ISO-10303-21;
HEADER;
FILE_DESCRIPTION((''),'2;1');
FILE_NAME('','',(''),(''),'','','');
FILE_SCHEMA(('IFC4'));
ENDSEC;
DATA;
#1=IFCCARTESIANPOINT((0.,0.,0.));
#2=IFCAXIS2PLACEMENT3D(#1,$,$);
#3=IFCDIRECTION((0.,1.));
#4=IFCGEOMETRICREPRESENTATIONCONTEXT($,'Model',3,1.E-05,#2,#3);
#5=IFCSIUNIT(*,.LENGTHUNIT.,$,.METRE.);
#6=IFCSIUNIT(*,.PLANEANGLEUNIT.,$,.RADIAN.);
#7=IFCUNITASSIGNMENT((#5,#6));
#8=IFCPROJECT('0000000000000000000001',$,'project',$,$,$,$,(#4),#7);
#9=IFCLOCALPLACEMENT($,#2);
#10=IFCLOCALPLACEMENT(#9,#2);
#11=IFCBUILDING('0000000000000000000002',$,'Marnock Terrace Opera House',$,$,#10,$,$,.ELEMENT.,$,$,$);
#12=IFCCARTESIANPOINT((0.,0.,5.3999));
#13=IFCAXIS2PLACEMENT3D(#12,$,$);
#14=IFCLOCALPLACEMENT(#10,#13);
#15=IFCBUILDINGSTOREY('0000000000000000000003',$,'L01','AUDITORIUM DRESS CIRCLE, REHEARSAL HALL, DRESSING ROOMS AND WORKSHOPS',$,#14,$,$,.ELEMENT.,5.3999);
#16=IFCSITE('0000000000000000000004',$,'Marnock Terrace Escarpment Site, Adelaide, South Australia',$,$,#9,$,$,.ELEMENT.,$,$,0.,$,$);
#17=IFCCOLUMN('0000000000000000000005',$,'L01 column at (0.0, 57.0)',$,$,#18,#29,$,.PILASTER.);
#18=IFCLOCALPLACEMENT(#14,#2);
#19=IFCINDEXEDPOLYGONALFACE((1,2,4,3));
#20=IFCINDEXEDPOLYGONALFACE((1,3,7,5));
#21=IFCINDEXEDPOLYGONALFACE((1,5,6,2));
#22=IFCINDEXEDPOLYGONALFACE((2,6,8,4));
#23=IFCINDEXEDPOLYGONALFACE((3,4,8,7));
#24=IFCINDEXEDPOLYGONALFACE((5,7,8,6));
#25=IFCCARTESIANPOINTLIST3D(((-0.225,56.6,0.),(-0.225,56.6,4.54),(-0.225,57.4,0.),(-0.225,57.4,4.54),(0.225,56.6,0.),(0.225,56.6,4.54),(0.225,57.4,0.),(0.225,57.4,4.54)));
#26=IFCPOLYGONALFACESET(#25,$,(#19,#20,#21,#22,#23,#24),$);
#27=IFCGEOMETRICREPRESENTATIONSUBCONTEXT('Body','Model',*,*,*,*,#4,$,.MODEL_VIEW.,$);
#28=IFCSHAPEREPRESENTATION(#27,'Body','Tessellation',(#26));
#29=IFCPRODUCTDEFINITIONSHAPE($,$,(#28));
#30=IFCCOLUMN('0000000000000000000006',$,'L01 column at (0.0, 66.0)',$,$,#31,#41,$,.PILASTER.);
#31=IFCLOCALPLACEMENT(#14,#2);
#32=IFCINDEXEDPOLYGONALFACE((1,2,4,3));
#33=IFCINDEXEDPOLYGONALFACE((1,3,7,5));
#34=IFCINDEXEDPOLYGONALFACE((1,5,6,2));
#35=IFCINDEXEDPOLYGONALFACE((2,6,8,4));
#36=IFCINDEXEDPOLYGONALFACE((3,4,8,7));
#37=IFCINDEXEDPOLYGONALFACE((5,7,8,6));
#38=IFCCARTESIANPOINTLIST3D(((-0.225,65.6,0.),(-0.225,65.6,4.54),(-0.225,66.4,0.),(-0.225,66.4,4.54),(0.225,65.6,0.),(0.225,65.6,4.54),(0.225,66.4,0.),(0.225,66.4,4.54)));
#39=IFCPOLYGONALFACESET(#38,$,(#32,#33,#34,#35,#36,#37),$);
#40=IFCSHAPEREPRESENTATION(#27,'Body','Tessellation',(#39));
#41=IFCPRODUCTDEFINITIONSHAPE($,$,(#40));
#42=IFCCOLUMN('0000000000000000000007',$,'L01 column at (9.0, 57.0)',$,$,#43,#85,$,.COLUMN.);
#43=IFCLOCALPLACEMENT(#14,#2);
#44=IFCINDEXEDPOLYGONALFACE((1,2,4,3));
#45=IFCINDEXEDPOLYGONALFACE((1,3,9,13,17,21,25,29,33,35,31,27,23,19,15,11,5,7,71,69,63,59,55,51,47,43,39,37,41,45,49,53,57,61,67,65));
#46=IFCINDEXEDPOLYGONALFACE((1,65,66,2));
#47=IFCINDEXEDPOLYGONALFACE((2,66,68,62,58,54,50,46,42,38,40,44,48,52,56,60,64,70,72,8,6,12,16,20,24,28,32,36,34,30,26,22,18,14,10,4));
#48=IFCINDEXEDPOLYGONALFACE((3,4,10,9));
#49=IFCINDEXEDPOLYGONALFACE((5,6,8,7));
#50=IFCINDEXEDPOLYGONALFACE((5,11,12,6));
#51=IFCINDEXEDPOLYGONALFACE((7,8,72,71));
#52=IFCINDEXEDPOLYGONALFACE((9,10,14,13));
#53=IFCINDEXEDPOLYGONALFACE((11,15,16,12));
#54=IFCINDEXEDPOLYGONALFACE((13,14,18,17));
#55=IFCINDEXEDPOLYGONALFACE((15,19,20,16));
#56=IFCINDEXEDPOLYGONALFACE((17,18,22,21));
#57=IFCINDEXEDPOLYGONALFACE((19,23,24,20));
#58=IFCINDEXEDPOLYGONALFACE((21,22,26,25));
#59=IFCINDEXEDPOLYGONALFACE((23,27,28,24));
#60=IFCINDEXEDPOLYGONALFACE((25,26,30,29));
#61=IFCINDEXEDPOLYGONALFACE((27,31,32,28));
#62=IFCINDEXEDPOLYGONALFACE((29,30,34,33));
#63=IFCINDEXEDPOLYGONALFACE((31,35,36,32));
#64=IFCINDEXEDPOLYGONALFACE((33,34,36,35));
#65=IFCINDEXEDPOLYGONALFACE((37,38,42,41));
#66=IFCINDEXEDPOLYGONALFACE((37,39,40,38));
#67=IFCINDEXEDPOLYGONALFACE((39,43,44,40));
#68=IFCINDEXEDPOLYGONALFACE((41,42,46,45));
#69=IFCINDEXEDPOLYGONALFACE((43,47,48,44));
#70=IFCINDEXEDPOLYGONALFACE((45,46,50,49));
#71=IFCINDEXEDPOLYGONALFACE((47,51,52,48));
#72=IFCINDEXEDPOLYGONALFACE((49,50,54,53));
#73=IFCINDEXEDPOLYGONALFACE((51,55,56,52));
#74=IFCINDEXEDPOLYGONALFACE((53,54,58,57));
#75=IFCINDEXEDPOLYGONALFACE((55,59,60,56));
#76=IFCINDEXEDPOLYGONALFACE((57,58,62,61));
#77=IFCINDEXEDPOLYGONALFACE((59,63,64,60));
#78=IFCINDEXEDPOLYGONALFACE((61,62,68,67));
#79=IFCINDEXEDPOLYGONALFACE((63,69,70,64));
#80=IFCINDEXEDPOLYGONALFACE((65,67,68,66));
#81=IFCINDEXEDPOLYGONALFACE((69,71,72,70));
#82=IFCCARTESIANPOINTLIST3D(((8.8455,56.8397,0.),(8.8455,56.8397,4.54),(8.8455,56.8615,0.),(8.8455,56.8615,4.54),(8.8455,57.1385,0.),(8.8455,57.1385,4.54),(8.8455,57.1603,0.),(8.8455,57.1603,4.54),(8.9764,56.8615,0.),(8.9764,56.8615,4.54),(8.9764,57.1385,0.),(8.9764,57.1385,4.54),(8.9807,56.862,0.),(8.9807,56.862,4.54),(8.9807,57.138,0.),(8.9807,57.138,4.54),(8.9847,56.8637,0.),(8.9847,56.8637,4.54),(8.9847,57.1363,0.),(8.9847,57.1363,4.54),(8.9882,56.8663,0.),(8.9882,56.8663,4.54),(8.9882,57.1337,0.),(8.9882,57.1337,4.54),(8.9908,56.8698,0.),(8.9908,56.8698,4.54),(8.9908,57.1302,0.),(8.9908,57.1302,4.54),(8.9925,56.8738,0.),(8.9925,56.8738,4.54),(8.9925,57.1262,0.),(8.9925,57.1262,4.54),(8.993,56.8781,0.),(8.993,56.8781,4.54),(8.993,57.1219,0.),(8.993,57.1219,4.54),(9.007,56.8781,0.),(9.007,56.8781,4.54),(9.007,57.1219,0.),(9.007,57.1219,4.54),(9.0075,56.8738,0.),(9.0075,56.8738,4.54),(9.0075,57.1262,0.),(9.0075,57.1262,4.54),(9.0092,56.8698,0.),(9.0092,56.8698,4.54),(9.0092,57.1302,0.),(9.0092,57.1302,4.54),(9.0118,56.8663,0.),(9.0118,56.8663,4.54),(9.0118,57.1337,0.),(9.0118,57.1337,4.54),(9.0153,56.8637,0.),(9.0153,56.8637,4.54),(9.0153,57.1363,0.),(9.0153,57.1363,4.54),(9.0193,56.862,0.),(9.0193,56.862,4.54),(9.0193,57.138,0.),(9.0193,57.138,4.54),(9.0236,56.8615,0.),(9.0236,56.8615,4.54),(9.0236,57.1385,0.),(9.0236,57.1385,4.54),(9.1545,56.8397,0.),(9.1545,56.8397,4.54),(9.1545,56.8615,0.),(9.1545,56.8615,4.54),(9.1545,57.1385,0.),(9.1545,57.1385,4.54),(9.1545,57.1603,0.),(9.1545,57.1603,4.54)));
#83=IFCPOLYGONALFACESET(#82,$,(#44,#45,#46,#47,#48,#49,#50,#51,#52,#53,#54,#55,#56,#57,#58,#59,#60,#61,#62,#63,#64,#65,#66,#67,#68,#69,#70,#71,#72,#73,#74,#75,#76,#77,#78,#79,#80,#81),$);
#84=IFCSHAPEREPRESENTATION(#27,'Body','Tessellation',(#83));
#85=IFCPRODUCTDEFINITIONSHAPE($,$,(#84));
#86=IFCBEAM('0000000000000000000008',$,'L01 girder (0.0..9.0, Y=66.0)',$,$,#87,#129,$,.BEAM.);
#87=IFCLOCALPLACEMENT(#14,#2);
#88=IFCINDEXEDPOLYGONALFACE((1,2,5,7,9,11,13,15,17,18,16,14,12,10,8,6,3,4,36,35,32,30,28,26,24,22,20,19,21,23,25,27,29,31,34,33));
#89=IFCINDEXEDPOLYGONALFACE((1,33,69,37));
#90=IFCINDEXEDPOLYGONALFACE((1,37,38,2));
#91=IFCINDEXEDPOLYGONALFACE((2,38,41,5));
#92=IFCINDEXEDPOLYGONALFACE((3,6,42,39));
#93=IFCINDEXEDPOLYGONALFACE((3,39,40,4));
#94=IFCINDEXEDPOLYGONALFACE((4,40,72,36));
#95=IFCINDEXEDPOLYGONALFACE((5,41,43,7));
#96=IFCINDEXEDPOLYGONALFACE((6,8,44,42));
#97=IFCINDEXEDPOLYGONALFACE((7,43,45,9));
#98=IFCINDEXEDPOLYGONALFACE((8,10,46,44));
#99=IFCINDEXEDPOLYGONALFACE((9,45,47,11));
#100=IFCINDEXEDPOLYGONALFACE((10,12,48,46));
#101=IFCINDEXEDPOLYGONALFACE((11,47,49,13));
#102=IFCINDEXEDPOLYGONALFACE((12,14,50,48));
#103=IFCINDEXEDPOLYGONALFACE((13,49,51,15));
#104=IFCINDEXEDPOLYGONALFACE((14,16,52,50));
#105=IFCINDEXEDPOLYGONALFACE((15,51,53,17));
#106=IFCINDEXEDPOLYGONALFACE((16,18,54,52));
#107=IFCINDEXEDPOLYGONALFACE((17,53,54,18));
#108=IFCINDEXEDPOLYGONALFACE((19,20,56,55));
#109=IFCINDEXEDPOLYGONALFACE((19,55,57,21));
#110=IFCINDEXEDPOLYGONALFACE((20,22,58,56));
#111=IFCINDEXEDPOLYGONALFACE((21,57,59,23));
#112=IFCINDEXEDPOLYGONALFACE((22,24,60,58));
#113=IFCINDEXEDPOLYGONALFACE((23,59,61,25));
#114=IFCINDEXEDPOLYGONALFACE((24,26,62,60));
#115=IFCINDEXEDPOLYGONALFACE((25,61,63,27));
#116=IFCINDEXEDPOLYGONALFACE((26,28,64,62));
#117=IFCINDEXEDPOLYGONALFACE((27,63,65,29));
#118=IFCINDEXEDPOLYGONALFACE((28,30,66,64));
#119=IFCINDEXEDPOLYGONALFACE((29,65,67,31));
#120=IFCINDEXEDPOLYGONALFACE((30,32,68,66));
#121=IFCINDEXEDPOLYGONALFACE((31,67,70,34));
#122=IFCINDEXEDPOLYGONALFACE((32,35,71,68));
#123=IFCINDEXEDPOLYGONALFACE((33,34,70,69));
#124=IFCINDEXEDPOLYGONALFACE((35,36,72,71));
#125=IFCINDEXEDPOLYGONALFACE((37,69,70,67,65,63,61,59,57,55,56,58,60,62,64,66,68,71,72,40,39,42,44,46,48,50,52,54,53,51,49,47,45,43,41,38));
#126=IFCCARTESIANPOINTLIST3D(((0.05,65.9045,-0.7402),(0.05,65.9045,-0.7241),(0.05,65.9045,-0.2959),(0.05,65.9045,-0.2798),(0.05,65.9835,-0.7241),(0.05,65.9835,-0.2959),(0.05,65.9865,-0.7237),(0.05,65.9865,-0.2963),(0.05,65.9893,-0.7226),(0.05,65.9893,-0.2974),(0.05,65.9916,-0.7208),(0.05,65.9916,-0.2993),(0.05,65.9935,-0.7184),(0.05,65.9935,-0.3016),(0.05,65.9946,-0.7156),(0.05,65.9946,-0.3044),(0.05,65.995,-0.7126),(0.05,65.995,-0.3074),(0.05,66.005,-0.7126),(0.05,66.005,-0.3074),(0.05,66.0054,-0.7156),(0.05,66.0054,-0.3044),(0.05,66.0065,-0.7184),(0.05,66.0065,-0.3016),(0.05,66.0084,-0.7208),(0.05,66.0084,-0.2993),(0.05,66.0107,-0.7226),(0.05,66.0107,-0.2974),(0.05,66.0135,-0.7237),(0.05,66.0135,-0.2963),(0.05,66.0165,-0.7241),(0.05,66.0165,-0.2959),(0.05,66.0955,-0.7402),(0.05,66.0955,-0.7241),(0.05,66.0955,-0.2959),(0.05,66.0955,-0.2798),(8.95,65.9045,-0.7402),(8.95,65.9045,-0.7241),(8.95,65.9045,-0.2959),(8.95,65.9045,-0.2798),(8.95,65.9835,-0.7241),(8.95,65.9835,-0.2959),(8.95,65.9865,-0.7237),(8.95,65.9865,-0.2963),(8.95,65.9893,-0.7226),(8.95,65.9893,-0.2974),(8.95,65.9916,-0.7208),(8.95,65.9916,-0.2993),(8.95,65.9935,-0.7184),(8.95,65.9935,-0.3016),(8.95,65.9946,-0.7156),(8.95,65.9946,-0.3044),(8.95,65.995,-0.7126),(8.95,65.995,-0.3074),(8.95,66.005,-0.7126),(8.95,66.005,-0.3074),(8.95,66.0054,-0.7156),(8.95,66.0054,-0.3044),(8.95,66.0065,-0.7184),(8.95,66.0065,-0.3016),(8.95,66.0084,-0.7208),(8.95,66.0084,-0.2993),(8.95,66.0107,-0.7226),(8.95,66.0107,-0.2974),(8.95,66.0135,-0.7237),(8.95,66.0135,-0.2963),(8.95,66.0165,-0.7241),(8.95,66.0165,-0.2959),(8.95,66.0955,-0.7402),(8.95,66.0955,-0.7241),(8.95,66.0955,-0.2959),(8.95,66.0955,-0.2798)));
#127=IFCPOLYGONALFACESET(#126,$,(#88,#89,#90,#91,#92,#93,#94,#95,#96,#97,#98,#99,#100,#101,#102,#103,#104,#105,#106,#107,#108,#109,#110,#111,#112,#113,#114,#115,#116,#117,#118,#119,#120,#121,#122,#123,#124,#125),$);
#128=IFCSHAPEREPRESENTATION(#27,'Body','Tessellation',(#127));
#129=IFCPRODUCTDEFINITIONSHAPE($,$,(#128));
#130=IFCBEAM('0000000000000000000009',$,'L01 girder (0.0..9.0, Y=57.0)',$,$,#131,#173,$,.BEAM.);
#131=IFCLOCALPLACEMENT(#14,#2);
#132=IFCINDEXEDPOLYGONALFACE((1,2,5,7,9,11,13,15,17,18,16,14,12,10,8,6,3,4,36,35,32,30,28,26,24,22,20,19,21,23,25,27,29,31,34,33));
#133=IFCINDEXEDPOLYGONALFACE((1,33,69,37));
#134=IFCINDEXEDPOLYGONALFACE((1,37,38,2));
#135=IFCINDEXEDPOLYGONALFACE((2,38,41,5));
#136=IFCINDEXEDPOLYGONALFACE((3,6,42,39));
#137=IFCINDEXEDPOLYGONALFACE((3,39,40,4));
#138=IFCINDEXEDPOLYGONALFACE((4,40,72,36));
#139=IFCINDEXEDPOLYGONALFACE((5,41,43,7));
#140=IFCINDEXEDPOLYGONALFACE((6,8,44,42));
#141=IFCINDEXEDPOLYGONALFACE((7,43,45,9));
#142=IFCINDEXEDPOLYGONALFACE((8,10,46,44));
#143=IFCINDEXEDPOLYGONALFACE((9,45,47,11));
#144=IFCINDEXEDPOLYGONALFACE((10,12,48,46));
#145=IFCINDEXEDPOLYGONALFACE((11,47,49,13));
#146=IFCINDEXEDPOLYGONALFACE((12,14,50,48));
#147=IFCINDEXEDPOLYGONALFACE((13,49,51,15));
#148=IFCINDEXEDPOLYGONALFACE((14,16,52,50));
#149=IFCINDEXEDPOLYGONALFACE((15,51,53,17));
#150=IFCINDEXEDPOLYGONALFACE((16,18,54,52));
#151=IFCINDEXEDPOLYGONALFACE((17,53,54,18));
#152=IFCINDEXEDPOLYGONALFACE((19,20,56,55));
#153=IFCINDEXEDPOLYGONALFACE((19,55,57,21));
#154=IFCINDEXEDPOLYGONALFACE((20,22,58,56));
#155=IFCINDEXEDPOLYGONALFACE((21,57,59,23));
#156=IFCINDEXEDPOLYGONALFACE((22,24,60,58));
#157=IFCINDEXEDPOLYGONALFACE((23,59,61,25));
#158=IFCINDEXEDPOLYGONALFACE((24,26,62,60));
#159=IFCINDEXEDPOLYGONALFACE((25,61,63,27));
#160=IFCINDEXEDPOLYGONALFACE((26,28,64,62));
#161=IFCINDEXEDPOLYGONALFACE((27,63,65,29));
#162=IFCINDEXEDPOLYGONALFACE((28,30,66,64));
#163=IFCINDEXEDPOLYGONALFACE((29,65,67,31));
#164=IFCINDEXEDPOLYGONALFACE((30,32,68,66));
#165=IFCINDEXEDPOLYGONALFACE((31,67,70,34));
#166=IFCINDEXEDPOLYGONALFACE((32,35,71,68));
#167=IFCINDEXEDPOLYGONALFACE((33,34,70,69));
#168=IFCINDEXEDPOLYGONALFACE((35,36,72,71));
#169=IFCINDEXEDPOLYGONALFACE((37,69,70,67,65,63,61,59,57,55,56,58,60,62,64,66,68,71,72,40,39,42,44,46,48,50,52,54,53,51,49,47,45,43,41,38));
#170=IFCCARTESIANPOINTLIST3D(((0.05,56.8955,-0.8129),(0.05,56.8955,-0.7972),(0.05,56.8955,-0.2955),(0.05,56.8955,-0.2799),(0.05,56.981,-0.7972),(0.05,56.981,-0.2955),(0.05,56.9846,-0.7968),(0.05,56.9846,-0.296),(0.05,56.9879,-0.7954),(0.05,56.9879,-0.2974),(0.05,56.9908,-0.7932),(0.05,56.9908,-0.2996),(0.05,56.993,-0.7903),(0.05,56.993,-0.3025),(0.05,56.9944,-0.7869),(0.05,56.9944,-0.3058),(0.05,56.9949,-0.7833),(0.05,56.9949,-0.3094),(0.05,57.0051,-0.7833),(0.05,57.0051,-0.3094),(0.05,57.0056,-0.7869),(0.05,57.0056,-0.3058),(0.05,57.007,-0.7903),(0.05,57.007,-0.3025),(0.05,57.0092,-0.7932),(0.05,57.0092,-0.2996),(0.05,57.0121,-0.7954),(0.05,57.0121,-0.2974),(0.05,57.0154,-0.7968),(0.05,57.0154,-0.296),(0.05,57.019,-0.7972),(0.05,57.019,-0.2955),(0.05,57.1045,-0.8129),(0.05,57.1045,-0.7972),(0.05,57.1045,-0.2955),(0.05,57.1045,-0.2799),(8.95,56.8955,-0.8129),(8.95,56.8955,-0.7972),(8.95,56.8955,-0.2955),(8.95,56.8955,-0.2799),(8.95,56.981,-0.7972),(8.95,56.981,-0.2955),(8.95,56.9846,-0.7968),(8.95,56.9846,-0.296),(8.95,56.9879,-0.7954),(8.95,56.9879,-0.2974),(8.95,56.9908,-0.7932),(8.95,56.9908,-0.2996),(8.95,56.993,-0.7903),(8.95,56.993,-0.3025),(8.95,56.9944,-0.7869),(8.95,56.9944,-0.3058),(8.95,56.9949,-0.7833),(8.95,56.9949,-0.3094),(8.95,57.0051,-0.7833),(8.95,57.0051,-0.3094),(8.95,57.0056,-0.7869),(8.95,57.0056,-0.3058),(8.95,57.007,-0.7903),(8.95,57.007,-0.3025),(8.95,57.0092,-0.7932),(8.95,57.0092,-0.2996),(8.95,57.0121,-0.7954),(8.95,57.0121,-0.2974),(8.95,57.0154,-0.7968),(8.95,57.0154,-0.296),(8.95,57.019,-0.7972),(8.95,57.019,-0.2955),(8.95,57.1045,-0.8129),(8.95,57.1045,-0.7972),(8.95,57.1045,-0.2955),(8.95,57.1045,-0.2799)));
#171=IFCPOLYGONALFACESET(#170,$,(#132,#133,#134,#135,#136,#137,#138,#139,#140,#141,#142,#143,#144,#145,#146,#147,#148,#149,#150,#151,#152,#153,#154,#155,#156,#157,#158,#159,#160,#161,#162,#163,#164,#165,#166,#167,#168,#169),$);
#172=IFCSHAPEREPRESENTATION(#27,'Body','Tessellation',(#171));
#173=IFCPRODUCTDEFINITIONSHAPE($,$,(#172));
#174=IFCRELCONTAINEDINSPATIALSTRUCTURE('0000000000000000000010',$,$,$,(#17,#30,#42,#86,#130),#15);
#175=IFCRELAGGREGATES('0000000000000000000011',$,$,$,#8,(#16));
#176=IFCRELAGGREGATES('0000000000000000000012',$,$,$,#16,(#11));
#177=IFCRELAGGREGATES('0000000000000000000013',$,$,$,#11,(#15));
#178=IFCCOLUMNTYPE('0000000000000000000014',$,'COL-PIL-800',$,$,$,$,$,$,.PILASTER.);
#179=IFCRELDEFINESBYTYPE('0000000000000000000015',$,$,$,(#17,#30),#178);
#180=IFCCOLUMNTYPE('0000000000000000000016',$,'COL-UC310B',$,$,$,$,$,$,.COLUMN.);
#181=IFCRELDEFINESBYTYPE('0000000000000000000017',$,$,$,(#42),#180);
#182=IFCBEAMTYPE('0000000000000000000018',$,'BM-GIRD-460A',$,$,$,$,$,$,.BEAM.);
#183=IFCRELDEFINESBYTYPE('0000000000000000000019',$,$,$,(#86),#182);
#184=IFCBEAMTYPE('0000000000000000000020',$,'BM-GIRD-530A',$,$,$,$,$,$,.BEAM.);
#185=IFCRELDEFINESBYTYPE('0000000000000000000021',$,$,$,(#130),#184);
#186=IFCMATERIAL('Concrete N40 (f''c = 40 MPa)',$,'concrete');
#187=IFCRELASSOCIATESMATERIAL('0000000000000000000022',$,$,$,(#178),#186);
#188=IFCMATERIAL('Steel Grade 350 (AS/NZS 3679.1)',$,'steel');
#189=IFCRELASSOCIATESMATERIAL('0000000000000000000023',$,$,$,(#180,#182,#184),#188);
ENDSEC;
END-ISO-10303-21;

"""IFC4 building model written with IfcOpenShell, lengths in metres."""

from ifc_helpers import new_model, si_unit, direction, frame, origin, origin_2d, place, context, subcontext, project, spatial, rectangle, i_section, extrude, material, material_profile, profile_set, type_object, element, save


model = new_model("IFC4")

# Units and contexts
model_context = context("Model", 3, precision=1e-05, world=origin(), true_north=direction((0.0, 1.0)))
body_context = subcontext(model_context, "Body", "Model", "MODEL_VIEW")
ifc_project = project(units=[si_unit("LENGTHUNIT", "METRE"), si_unit("PLANEANGLEUNIT", "RADIAN")], contexts=[model_context])

# Site, building, storey
site_placement = place(None, origin())
site = spatial("IfcSite", under=ifc_project, at=site_placement, Name="Marnock Terrace Escarpment Site, Adelaide, South Australia", CompositionType="ELEMENT", RefElevation=0.0)
building_placement = place(site_placement, origin())
building = spatial("IfcBuilding", under=site, at=building_placement, Name="Marnock Terrace Opera House", CompositionType="ELEMENT")
storey_placement = place(building_placement, frame((0.0, 0.0, 5.3999)))
storey = spatial("IfcBuildingStorey", under=building, at=storey_placement, Name="L01", Description="AUDITORIUM DRESS CIRCLE, REHEARSAL HALL, DRESSING ROOMS AND WORKSHOPS", CompositionType="ELEMENT", Elevation=5.3999)

# Columns
ifc_material_1 = material(Name="Concrete N40 (f'c = 40 MPa)", Category="concrete")
ifc_material_profile_1 = material_profile(ifc_material_1, rectangle(XDim=0.45, YDim=0.8, at=origin_2d()))
ifc_profile_set_1 = profile_set([ifc_material_profile_1], Name="Concrete N40 (f'c = 40 MPa)")
column_type_1 = type_object("IfcColumnType", Name="COL-PIL-800", PredefinedType="PILASTER", material=ifc_profile_set_1)
for number, where, z_axis, x_axis, name in (
    (1, (0.0, 57.0, 0.0), (0.0, 0.0, 1.0), (1.0, 0.0, 0.0), "L01 column at (0.0, 57.0)"),
    (2, (0.0, 66.0, 0.0), (0.0, 0.0, 1.0), (1.0, 0.0, 0.0), "L01 column at (0.0, 66.0)"),
):
    element("IfcColumn", number, at=place(storey_placement, frame(where, z_axis=z_axis, x_axis=x_axis)), inside=storey, type_object=column_type_1, Name=name, PredefinedType="PILASTER", context=body_context, shape_type="SweptSolid", body=[
        extrude(rectangle(XDim=0.45, YDim=0.8, at=origin_2d()), origin(), (0.0, 0.0, 1.0), 4.54),
    ])
ifc_material_2 = material(Name="Steel Grade 350 (AS/NZS 3679.1)", Category="steel")
ifc_material_profile_2 = material_profile(ifc_material_2, i_section(OverallWidth=0.3091, OverallDepth=0.3206, WebThickness=0.0139, FlangeThickness=0.0217, FilletRadius=0.0166, at=origin_2d()))
ifc_profile_set_2 = profile_set([ifc_material_profile_2], Name="Steel Grade 350 (AS/NZS 3679.1)")
column_type_2 = type_object("IfcColumnType", Name="COL-UC310B", PredefinedType="COLUMN", material=ifc_profile_set_2)
column_placement = place(storey_placement, frame((9.0, 57.0, 0.0), z_axis=(0.0, 0.0, 1.0), x_axis=(1.0, 0.0, 0.0)))
element("IfcColumn", 3, at=column_placement, inside=storey, type_object=column_type_2, Name="L01 column at (9.0, 57.0)", PredefinedType="COLUMN", context=body_context, shape_type="SweptSolid", body=[
    extrude(i_section(OverallWidth=0.3091, OverallDepth=0.3206, WebThickness=0.0139, FlangeThickness=0.0217, FilletRadius=0.0166, at=origin_2d()), origin(), (0.0, 0.0, 1.0), 4.54),
])

# Beams
ifc_material_profile_3 = material_profile(ifc_material_2, i_section(OverallWidth=0.1909, OverallDepth=0.4604, WebThickness=0.01, FlangeThickness=0.0161, FilletRadius=0.0115, at=origin_2d()))
ifc_profile_set_3 = profile_set([ifc_material_profile_3], Name="Steel Grade 350 (AS/NZS 3679.1)")
beam_type_1 = type_object("IfcBeamType", Name="BM-GIRD-460A", PredefinedType="BEAM", material=ifc_profile_set_3)
beam_1_placement = place(storey_placement, frame((0.05, 66.0, -0.51), z_axis=(1.0, 0.0, 0.0), x_axis=(0.0, 1.0, 0.0)))
element("IfcBeam", 4, at=beam_1_placement, inside=storey, type_object=beam_type_1, Name="L01 girder (0.0..9.0, Y=66.0)", PredefinedType="BEAM", context=body_context, shape_type="SweptSolid", body=[
    extrude(i_section(OverallWidth=0.1909, OverallDepth=0.4604, WebThickness=0.01, FlangeThickness=0.0161, FilletRadius=0.0115, at=origin_2d()), origin(), (0.0, 0.0, 1.0), 8.8999),
])
ifc_material_profile_4 = material_profile(ifc_material_2, i_section(OverallWidth=0.209, OverallDepth=0.533, WebThickness=0.0103, FlangeThickness=0.0156, FilletRadius=0.0139, at=origin_2d()))
ifc_profile_set_4 = profile_set([ifc_material_profile_4], Name="Steel Grade 350 (AS/NZS 3679.1)")
beam_type_2 = type_object("IfcBeamType", Name="BM-GIRD-530A", PredefinedType="BEAM", material=ifc_profile_set_4)
beam_2_placement = place(storey_placement, frame((0.05, 57.0, -0.5464), z_axis=(1.0, 0.0, 0.0), x_axis=(0.0, 1.0, 0.0)))
element("IfcBeam", 5, at=beam_2_placement, inside=storey, type_object=beam_type_2, Name="L01 girder (0.0..9.0, Y=57.0)", PredefinedType="BEAM", context=body_context, shape_type="SweptSolid", body=[
    extrude(i_section(OverallWidth=0.209, OverallDepth=0.533, WebThickness=0.0103, FlangeThickness=0.0156, FilletRadius=0.0139, at=origin_2d()), origin(), (0.0, 0.0, 1.0), 8.8999),
])

save(model, "model.ifc")
